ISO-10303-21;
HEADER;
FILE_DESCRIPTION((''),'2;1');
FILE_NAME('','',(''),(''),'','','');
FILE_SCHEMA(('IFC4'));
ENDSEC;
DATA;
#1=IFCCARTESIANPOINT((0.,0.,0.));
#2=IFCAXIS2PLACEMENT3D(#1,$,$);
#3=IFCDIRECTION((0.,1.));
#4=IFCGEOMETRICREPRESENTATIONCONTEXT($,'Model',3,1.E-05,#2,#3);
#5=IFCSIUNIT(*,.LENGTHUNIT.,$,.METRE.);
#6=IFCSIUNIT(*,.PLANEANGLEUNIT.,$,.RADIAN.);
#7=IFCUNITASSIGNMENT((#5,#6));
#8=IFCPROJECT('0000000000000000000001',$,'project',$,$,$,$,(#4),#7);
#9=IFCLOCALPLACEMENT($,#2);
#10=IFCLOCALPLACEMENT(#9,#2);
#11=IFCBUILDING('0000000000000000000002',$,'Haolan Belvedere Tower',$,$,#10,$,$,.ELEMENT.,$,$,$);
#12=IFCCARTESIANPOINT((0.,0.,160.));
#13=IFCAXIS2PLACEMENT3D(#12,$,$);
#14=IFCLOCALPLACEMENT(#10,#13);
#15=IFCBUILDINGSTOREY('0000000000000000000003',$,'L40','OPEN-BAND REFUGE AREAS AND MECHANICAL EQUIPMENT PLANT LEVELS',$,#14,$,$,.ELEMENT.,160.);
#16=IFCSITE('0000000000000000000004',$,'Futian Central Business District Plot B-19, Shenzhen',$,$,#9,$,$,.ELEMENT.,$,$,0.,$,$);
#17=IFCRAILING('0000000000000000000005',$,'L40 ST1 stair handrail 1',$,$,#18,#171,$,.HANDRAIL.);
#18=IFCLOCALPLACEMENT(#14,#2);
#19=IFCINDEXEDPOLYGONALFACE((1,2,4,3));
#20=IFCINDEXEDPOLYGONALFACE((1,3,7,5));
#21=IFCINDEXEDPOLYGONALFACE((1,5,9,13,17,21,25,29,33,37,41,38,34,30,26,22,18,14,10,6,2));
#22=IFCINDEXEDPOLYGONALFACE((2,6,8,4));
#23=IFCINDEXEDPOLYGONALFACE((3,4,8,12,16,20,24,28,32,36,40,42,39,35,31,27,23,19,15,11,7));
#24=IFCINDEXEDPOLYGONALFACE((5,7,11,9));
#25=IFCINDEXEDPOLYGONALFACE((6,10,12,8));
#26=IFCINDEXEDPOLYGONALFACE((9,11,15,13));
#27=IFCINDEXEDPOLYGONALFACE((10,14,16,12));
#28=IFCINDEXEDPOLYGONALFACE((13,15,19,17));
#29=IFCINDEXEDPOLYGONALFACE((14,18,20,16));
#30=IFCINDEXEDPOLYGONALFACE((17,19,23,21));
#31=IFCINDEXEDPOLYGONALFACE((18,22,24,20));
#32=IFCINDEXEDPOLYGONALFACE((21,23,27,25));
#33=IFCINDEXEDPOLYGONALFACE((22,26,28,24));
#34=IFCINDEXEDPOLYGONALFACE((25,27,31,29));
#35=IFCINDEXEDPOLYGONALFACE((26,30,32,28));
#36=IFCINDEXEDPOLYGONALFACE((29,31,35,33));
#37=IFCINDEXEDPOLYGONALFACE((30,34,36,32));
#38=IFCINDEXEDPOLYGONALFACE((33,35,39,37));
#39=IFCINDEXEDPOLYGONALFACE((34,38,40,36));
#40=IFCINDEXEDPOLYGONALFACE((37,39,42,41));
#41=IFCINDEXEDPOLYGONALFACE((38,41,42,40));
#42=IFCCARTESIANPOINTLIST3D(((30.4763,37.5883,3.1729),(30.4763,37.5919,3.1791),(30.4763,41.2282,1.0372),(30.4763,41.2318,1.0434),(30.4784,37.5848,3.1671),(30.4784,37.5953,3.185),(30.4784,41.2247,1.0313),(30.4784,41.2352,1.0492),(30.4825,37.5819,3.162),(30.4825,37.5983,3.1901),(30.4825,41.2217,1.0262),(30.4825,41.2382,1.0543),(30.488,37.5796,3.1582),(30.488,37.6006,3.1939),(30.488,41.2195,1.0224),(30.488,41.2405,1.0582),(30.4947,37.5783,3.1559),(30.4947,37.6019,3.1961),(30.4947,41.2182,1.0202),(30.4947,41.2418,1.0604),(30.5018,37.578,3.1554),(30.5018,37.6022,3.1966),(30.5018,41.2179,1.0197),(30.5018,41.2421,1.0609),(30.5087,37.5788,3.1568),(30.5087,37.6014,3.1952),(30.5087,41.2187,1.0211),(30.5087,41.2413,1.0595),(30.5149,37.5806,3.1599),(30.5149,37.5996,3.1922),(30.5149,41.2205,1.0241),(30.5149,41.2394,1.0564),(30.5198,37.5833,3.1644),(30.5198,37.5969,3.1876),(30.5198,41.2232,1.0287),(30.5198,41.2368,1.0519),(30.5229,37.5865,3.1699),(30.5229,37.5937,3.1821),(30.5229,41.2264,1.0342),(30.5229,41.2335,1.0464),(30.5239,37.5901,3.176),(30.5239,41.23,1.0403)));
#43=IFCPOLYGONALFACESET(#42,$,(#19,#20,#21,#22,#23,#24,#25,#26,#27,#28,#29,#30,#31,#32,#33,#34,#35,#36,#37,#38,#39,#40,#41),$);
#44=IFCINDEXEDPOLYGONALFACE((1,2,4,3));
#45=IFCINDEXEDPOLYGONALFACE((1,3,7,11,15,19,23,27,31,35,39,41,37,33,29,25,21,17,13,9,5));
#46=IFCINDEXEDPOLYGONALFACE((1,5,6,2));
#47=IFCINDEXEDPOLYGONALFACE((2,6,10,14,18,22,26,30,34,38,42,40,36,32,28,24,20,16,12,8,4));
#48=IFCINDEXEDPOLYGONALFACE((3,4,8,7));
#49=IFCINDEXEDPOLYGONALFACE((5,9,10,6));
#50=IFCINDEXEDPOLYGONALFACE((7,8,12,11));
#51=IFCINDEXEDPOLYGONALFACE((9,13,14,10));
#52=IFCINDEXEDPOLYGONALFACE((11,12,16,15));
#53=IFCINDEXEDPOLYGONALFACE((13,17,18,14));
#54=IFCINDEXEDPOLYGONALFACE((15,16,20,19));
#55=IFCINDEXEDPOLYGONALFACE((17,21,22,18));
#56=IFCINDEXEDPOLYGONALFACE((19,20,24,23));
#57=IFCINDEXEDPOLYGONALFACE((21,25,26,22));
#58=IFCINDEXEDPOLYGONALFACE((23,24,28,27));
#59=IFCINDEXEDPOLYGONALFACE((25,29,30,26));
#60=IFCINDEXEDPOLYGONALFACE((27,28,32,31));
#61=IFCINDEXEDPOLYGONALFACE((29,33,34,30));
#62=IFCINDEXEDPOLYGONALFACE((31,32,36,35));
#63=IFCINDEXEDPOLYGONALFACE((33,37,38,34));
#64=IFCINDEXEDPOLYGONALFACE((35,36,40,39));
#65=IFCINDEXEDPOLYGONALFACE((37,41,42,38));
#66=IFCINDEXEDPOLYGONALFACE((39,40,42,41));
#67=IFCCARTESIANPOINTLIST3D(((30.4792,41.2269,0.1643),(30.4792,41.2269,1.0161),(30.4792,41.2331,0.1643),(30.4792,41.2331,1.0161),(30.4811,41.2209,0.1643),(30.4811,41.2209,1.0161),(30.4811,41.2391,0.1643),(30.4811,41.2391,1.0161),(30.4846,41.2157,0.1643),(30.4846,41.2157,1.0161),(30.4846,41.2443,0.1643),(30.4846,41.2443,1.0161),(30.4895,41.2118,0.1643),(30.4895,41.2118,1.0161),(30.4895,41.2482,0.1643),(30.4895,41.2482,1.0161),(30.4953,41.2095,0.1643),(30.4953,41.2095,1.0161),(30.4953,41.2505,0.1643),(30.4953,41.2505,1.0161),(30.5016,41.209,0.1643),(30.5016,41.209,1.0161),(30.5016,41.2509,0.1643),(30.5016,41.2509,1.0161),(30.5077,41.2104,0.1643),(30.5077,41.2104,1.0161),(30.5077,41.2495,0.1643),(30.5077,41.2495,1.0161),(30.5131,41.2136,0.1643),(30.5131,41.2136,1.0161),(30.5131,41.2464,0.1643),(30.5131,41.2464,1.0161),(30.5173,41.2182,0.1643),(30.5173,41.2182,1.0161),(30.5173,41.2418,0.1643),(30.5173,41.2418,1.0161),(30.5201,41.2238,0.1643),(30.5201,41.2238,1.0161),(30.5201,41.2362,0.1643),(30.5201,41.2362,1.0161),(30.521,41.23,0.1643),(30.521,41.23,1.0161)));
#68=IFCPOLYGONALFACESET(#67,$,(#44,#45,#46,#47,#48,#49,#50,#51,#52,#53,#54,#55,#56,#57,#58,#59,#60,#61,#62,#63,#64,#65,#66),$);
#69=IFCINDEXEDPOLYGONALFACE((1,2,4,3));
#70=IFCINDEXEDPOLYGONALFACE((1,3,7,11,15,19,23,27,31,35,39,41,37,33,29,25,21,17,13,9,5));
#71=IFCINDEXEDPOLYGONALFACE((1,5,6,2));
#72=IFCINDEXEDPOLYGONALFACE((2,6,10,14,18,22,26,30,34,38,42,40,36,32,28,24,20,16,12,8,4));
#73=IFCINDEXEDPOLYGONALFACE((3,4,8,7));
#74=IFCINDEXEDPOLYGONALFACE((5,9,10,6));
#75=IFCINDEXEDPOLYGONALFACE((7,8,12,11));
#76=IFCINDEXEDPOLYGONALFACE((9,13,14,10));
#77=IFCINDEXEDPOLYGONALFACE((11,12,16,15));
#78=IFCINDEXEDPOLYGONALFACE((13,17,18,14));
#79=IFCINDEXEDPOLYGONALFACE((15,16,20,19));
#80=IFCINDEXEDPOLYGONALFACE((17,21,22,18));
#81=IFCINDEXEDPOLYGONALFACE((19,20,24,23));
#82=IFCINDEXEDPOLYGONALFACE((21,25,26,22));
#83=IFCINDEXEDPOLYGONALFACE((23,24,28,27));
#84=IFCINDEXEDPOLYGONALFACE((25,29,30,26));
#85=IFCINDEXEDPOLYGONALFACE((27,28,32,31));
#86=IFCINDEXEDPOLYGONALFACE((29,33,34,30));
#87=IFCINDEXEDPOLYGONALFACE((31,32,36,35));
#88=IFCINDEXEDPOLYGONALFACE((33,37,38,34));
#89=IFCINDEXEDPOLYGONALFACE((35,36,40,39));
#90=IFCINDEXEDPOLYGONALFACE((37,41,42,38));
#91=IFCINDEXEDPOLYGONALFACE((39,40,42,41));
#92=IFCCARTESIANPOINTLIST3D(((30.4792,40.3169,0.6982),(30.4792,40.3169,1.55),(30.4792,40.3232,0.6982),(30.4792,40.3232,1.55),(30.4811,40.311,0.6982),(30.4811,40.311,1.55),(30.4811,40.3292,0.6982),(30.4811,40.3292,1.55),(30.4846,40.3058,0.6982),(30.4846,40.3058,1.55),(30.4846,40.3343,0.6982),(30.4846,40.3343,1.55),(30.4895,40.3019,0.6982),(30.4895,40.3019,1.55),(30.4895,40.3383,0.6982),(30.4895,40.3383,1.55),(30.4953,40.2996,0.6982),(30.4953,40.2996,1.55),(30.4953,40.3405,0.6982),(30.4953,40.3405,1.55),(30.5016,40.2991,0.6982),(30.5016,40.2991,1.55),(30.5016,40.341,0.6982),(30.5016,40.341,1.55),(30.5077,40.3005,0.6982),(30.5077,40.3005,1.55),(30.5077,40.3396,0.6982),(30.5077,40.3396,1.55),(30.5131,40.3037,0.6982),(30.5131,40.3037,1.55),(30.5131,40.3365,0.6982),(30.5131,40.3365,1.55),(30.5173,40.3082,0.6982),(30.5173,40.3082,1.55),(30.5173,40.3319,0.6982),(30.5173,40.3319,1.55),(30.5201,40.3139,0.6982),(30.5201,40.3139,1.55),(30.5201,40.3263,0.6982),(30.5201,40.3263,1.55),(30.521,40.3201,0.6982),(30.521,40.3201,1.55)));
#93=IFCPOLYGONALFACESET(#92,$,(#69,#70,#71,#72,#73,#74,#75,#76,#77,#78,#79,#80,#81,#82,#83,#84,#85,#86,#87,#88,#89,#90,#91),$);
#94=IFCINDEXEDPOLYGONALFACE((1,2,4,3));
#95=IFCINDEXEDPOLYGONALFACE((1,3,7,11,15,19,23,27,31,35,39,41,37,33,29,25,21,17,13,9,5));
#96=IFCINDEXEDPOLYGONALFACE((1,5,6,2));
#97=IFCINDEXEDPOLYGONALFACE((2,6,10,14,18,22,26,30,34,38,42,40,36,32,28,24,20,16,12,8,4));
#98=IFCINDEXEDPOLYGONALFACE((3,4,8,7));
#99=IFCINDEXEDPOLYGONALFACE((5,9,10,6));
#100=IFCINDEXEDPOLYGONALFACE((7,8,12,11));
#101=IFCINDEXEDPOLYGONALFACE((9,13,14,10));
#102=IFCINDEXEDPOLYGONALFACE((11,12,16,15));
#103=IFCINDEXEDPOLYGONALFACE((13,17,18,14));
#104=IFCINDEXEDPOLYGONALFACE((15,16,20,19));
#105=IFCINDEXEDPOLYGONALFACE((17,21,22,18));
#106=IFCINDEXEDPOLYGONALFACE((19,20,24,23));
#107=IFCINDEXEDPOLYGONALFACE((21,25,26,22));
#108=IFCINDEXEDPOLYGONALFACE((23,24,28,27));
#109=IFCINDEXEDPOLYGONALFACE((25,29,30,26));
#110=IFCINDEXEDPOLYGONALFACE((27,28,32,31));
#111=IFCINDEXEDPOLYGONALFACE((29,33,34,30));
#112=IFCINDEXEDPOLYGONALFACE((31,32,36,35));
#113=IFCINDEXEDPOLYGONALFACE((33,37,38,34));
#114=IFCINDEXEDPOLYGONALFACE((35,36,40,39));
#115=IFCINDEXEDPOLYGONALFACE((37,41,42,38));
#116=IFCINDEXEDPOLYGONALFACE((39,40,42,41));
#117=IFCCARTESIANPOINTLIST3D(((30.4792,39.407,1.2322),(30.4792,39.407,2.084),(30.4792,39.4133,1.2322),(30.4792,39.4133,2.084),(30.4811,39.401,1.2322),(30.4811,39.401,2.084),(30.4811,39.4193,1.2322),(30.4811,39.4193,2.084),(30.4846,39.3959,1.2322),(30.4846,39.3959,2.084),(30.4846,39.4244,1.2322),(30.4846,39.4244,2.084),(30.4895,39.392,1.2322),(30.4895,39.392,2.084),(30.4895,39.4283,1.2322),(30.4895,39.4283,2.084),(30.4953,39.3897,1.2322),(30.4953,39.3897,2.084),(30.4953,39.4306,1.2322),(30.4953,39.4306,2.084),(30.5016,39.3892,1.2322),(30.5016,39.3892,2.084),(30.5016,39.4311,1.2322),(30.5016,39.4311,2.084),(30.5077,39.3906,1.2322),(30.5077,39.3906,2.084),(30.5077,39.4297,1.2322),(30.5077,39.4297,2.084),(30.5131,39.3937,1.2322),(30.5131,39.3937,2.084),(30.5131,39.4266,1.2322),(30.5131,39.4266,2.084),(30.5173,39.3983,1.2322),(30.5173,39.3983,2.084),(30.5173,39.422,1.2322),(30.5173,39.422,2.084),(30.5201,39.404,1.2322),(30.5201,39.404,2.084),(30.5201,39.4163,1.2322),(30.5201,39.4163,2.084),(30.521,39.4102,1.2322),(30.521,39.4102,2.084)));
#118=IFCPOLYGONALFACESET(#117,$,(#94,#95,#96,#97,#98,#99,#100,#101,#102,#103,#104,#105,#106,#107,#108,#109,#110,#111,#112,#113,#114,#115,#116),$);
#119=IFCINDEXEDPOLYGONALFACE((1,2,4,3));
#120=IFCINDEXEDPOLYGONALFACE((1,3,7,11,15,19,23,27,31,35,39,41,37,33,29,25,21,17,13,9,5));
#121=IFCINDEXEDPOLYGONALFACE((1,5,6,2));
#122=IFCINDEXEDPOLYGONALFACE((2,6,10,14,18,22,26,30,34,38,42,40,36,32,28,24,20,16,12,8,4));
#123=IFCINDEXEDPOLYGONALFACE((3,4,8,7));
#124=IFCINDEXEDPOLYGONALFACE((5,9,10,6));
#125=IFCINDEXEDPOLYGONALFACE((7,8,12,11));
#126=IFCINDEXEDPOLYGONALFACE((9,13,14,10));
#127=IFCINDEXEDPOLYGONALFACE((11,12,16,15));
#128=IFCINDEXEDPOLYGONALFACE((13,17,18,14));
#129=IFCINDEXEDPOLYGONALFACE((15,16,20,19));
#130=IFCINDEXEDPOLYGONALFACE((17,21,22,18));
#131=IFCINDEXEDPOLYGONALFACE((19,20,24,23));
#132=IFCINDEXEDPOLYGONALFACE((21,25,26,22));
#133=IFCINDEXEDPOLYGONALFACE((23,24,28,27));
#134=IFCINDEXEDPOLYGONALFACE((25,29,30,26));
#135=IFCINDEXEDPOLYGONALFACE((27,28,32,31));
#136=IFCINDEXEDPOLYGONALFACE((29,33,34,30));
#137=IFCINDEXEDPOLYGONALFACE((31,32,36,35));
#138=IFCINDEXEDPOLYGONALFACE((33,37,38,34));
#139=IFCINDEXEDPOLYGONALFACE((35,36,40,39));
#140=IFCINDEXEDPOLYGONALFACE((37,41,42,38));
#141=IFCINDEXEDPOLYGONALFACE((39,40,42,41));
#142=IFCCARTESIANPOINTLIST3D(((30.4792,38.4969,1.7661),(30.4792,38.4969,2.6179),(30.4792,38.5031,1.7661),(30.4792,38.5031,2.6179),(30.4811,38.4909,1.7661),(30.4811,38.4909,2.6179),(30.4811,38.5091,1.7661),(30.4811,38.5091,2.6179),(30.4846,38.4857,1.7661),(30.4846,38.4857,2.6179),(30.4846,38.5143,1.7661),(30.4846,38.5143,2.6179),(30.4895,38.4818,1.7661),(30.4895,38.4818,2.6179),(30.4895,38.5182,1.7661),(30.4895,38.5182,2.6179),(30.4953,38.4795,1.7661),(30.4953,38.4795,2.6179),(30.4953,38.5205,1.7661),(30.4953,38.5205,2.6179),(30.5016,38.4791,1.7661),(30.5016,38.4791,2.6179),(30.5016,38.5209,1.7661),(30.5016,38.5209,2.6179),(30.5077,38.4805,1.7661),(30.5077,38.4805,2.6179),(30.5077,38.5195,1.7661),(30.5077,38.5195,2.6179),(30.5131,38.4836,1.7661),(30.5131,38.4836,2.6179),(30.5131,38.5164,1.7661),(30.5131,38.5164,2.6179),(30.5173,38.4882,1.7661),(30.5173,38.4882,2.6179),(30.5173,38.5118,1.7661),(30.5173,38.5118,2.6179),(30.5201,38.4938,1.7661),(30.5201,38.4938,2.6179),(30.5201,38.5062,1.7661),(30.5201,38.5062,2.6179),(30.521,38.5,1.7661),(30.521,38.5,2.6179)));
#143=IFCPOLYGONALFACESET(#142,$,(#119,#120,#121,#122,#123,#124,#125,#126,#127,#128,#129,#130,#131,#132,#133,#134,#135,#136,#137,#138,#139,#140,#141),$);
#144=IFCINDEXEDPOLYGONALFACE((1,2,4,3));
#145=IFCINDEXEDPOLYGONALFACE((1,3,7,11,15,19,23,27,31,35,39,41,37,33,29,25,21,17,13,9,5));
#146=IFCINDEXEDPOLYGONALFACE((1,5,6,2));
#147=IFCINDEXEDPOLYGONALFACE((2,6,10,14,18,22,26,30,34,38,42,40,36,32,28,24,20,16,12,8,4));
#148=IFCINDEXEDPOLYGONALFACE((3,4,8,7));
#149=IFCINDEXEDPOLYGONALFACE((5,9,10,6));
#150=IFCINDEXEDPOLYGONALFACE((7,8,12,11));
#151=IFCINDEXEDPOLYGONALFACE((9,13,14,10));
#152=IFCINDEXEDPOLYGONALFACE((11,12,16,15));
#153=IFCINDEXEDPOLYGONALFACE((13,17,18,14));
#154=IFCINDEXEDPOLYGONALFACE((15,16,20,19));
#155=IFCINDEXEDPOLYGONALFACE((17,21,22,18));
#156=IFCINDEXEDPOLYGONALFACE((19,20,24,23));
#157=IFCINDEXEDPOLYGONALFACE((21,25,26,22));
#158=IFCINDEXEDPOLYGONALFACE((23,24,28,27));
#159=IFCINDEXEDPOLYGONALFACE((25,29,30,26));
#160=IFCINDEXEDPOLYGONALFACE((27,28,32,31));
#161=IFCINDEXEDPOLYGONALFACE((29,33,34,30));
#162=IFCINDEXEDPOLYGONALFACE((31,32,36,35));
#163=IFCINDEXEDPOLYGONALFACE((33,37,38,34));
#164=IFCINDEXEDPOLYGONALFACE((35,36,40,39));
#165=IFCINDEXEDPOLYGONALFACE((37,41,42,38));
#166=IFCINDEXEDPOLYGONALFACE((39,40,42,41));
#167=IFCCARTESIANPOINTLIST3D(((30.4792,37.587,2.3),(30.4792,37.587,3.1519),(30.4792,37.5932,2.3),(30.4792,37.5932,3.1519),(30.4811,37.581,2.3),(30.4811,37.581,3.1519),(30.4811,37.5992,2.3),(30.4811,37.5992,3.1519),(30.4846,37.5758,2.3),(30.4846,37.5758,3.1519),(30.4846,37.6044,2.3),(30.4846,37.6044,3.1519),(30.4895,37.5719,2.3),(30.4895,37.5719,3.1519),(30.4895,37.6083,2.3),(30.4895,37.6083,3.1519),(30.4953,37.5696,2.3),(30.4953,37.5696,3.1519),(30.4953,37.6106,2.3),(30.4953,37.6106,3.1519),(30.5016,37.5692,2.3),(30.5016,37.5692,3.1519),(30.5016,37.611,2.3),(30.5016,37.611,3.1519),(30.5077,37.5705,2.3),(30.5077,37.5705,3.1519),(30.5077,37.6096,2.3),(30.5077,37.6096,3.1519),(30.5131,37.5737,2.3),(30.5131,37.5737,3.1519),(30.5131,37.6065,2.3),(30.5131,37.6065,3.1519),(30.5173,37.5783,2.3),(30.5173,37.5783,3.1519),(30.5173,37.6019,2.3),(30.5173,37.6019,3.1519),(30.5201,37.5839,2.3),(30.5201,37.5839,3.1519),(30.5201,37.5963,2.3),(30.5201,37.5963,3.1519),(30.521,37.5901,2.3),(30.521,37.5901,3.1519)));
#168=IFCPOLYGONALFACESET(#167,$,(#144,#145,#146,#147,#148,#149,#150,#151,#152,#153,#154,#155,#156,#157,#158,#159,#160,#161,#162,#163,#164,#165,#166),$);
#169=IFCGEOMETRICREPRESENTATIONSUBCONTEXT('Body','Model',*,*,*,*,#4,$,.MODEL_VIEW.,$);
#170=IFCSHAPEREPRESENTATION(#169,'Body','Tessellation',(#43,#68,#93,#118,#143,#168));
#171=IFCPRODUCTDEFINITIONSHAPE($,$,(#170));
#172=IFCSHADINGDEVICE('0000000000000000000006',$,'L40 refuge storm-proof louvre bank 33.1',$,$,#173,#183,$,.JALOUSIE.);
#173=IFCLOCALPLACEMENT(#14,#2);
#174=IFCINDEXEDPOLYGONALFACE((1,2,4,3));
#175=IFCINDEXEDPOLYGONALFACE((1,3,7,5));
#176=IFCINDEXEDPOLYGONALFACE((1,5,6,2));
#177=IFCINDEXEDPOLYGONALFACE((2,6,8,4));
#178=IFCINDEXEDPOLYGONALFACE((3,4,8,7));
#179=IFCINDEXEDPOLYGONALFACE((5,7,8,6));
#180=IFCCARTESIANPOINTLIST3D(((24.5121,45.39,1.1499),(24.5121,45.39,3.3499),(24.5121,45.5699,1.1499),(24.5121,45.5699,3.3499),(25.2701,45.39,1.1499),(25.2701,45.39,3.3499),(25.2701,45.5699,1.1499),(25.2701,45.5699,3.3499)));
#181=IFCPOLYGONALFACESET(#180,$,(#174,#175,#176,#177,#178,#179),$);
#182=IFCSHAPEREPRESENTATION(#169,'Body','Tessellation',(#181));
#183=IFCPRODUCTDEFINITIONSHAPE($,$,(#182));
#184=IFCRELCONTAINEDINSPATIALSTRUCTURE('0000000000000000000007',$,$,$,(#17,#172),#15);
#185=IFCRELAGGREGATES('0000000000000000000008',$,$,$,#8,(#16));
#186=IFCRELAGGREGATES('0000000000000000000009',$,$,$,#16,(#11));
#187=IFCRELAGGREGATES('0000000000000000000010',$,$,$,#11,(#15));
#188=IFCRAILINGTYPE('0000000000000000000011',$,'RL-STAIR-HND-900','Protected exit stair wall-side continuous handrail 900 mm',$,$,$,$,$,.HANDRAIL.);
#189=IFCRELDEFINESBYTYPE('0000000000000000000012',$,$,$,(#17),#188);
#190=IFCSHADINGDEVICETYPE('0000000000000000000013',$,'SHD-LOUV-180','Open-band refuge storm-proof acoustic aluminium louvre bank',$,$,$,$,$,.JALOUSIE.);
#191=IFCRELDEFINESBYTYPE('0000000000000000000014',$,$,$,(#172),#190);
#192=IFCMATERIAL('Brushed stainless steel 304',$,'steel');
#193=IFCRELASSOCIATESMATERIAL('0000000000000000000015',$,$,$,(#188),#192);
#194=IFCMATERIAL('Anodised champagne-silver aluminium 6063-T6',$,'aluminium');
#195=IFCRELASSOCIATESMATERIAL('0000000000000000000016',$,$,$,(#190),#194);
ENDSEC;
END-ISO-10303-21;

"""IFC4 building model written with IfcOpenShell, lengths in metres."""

from ifc_helpers import new_model, si_unit, direction, frame, origin, origin_2d, place, context, subcontext, project, spatial, rectangle, circle, extrude, material, type_object, element, save


model = new_model("IFC4")

# Units and contexts
model_context = context("Model", 3, precision=1e-05, world=origin(), true_north=direction((0.0, 1.0)))
body_context = subcontext(model_context, "Body", "Model", "MODEL_VIEW")
ifc_project = project(units=[si_unit("LENGTHUNIT", "METRE"), si_unit("PLANEANGLEUNIT", "RADIAN")], contexts=[model_context])

# Site, building, storey
site_placement = place(None, origin())
site = spatial("IfcSite", under=ifc_project, at=site_placement, Name="Futian Central Business District Plot B-19, Shenzhen", CompositionType="ELEMENT", RefElevation=0.0)
building_placement = place(site_placement, origin())
building = spatial("IfcBuilding", under=site, at=building_placement, Name="Haolan Belvedere Tower", CompositionType="ELEMENT")
storey_placement = place(building_placement, frame((0.0, 0.0, 160.0)))
storey = spatial("IfcBuildingStorey", under=building, at=storey_placement, Name="L40", Description="OPEN-BAND REFUGE AREAS AND MECHANICAL EQUIPMENT PLANT LEVELS", CompositionType="ELEMENT", Elevation=160.0)

# Railing
ifc_material_1 = material(Name="Brushed stainless steel 304", Category="steel")
railing_type_1 = type_object("IfcRailingType", Name="RL-STAIR-HND-900", Description="Protected exit stair wall-side continuous handrail 900 mm", PredefinedType="HANDRAIL", material=ifc_material_1)
railing_1_placement = place(storey_placement, frame((30.5, 41.23, 0.1643)))
element("IfcRailing", 1, at=railing_1_placement, inside=storey, type_object=railing_type_1, Name="L40 ST1 stair handrail 1", PredefinedType="HANDRAIL", context=body_context, shape_type="SweptSolid", body=[
    extrude(circle(Radius=0.0239, at=origin_2d()), frame((0.0, 0.0, 0.876), z_axis=(0.0, -0.86249, 0.506074), x_axis=(1.0, 0.0, 0.0)), (0.0, 0.0, 1.0), 4.2202),
    extrude(circle(Radius=0.021, at=origin_2d()), origin(), (0.0, 0.0, 1.0), 0.8518),
    extrude(circle(Radius=0.021, at=origin_2d()), frame((0.0, -0.9099, 0.5339)), (0.0, 0.0, 1.0), 0.8518),
    extrude(circle(Radius=0.021, at=origin_2d()), frame((0.0, -1.8198, 1.0679)), (0.0, 0.0, 1.0), 0.8518),
    extrude(circle(Radius=0.021, at=origin_2d()), frame((0.0, -2.73, 1.6018)), (0.0, 0.0, 1.0), 0.8518),
    extrude(circle(Radius=0.021, at=origin_2d()), frame((0.0, -3.6399, 2.1357)), (0.0, 0.0, 1.0), 0.8518),
])

# Shading device
ifc_material_2 = material(Name="Anodised champagne-silver aluminium 6063-T6", Category="aluminium")
shading_device_type = type_object("IfcShadingDeviceType", Name="SHD-LOUV-180", Description="Open-band refuge storm-proof acoustic aluminium louvre bank", PredefinedType="JALOUSIE", material=ifc_material_2)
shading_device_placement = place(storey_placement, frame((24.8911, 45.48, 1.1499), z_axis=(0.0, 0.0, 1.0), x_axis=(-1.0, 0.0, 0.0)))
element("IfcShadingDevice", 2, at=shading_device_placement, inside=storey, type_object=shading_device_type, Name="L40 refuge storm-proof louvre bank 33.1", PredefinedType="JALOUSIE", context=body_context, shape_type="SweptSolid", body=[
    extrude(rectangle(XDim=0.7581, YDim=0.1799, at=origin_2d()), origin(), (0.0, 0.0, 1.0), 2.2),
])

save(model, "model.ifc")
